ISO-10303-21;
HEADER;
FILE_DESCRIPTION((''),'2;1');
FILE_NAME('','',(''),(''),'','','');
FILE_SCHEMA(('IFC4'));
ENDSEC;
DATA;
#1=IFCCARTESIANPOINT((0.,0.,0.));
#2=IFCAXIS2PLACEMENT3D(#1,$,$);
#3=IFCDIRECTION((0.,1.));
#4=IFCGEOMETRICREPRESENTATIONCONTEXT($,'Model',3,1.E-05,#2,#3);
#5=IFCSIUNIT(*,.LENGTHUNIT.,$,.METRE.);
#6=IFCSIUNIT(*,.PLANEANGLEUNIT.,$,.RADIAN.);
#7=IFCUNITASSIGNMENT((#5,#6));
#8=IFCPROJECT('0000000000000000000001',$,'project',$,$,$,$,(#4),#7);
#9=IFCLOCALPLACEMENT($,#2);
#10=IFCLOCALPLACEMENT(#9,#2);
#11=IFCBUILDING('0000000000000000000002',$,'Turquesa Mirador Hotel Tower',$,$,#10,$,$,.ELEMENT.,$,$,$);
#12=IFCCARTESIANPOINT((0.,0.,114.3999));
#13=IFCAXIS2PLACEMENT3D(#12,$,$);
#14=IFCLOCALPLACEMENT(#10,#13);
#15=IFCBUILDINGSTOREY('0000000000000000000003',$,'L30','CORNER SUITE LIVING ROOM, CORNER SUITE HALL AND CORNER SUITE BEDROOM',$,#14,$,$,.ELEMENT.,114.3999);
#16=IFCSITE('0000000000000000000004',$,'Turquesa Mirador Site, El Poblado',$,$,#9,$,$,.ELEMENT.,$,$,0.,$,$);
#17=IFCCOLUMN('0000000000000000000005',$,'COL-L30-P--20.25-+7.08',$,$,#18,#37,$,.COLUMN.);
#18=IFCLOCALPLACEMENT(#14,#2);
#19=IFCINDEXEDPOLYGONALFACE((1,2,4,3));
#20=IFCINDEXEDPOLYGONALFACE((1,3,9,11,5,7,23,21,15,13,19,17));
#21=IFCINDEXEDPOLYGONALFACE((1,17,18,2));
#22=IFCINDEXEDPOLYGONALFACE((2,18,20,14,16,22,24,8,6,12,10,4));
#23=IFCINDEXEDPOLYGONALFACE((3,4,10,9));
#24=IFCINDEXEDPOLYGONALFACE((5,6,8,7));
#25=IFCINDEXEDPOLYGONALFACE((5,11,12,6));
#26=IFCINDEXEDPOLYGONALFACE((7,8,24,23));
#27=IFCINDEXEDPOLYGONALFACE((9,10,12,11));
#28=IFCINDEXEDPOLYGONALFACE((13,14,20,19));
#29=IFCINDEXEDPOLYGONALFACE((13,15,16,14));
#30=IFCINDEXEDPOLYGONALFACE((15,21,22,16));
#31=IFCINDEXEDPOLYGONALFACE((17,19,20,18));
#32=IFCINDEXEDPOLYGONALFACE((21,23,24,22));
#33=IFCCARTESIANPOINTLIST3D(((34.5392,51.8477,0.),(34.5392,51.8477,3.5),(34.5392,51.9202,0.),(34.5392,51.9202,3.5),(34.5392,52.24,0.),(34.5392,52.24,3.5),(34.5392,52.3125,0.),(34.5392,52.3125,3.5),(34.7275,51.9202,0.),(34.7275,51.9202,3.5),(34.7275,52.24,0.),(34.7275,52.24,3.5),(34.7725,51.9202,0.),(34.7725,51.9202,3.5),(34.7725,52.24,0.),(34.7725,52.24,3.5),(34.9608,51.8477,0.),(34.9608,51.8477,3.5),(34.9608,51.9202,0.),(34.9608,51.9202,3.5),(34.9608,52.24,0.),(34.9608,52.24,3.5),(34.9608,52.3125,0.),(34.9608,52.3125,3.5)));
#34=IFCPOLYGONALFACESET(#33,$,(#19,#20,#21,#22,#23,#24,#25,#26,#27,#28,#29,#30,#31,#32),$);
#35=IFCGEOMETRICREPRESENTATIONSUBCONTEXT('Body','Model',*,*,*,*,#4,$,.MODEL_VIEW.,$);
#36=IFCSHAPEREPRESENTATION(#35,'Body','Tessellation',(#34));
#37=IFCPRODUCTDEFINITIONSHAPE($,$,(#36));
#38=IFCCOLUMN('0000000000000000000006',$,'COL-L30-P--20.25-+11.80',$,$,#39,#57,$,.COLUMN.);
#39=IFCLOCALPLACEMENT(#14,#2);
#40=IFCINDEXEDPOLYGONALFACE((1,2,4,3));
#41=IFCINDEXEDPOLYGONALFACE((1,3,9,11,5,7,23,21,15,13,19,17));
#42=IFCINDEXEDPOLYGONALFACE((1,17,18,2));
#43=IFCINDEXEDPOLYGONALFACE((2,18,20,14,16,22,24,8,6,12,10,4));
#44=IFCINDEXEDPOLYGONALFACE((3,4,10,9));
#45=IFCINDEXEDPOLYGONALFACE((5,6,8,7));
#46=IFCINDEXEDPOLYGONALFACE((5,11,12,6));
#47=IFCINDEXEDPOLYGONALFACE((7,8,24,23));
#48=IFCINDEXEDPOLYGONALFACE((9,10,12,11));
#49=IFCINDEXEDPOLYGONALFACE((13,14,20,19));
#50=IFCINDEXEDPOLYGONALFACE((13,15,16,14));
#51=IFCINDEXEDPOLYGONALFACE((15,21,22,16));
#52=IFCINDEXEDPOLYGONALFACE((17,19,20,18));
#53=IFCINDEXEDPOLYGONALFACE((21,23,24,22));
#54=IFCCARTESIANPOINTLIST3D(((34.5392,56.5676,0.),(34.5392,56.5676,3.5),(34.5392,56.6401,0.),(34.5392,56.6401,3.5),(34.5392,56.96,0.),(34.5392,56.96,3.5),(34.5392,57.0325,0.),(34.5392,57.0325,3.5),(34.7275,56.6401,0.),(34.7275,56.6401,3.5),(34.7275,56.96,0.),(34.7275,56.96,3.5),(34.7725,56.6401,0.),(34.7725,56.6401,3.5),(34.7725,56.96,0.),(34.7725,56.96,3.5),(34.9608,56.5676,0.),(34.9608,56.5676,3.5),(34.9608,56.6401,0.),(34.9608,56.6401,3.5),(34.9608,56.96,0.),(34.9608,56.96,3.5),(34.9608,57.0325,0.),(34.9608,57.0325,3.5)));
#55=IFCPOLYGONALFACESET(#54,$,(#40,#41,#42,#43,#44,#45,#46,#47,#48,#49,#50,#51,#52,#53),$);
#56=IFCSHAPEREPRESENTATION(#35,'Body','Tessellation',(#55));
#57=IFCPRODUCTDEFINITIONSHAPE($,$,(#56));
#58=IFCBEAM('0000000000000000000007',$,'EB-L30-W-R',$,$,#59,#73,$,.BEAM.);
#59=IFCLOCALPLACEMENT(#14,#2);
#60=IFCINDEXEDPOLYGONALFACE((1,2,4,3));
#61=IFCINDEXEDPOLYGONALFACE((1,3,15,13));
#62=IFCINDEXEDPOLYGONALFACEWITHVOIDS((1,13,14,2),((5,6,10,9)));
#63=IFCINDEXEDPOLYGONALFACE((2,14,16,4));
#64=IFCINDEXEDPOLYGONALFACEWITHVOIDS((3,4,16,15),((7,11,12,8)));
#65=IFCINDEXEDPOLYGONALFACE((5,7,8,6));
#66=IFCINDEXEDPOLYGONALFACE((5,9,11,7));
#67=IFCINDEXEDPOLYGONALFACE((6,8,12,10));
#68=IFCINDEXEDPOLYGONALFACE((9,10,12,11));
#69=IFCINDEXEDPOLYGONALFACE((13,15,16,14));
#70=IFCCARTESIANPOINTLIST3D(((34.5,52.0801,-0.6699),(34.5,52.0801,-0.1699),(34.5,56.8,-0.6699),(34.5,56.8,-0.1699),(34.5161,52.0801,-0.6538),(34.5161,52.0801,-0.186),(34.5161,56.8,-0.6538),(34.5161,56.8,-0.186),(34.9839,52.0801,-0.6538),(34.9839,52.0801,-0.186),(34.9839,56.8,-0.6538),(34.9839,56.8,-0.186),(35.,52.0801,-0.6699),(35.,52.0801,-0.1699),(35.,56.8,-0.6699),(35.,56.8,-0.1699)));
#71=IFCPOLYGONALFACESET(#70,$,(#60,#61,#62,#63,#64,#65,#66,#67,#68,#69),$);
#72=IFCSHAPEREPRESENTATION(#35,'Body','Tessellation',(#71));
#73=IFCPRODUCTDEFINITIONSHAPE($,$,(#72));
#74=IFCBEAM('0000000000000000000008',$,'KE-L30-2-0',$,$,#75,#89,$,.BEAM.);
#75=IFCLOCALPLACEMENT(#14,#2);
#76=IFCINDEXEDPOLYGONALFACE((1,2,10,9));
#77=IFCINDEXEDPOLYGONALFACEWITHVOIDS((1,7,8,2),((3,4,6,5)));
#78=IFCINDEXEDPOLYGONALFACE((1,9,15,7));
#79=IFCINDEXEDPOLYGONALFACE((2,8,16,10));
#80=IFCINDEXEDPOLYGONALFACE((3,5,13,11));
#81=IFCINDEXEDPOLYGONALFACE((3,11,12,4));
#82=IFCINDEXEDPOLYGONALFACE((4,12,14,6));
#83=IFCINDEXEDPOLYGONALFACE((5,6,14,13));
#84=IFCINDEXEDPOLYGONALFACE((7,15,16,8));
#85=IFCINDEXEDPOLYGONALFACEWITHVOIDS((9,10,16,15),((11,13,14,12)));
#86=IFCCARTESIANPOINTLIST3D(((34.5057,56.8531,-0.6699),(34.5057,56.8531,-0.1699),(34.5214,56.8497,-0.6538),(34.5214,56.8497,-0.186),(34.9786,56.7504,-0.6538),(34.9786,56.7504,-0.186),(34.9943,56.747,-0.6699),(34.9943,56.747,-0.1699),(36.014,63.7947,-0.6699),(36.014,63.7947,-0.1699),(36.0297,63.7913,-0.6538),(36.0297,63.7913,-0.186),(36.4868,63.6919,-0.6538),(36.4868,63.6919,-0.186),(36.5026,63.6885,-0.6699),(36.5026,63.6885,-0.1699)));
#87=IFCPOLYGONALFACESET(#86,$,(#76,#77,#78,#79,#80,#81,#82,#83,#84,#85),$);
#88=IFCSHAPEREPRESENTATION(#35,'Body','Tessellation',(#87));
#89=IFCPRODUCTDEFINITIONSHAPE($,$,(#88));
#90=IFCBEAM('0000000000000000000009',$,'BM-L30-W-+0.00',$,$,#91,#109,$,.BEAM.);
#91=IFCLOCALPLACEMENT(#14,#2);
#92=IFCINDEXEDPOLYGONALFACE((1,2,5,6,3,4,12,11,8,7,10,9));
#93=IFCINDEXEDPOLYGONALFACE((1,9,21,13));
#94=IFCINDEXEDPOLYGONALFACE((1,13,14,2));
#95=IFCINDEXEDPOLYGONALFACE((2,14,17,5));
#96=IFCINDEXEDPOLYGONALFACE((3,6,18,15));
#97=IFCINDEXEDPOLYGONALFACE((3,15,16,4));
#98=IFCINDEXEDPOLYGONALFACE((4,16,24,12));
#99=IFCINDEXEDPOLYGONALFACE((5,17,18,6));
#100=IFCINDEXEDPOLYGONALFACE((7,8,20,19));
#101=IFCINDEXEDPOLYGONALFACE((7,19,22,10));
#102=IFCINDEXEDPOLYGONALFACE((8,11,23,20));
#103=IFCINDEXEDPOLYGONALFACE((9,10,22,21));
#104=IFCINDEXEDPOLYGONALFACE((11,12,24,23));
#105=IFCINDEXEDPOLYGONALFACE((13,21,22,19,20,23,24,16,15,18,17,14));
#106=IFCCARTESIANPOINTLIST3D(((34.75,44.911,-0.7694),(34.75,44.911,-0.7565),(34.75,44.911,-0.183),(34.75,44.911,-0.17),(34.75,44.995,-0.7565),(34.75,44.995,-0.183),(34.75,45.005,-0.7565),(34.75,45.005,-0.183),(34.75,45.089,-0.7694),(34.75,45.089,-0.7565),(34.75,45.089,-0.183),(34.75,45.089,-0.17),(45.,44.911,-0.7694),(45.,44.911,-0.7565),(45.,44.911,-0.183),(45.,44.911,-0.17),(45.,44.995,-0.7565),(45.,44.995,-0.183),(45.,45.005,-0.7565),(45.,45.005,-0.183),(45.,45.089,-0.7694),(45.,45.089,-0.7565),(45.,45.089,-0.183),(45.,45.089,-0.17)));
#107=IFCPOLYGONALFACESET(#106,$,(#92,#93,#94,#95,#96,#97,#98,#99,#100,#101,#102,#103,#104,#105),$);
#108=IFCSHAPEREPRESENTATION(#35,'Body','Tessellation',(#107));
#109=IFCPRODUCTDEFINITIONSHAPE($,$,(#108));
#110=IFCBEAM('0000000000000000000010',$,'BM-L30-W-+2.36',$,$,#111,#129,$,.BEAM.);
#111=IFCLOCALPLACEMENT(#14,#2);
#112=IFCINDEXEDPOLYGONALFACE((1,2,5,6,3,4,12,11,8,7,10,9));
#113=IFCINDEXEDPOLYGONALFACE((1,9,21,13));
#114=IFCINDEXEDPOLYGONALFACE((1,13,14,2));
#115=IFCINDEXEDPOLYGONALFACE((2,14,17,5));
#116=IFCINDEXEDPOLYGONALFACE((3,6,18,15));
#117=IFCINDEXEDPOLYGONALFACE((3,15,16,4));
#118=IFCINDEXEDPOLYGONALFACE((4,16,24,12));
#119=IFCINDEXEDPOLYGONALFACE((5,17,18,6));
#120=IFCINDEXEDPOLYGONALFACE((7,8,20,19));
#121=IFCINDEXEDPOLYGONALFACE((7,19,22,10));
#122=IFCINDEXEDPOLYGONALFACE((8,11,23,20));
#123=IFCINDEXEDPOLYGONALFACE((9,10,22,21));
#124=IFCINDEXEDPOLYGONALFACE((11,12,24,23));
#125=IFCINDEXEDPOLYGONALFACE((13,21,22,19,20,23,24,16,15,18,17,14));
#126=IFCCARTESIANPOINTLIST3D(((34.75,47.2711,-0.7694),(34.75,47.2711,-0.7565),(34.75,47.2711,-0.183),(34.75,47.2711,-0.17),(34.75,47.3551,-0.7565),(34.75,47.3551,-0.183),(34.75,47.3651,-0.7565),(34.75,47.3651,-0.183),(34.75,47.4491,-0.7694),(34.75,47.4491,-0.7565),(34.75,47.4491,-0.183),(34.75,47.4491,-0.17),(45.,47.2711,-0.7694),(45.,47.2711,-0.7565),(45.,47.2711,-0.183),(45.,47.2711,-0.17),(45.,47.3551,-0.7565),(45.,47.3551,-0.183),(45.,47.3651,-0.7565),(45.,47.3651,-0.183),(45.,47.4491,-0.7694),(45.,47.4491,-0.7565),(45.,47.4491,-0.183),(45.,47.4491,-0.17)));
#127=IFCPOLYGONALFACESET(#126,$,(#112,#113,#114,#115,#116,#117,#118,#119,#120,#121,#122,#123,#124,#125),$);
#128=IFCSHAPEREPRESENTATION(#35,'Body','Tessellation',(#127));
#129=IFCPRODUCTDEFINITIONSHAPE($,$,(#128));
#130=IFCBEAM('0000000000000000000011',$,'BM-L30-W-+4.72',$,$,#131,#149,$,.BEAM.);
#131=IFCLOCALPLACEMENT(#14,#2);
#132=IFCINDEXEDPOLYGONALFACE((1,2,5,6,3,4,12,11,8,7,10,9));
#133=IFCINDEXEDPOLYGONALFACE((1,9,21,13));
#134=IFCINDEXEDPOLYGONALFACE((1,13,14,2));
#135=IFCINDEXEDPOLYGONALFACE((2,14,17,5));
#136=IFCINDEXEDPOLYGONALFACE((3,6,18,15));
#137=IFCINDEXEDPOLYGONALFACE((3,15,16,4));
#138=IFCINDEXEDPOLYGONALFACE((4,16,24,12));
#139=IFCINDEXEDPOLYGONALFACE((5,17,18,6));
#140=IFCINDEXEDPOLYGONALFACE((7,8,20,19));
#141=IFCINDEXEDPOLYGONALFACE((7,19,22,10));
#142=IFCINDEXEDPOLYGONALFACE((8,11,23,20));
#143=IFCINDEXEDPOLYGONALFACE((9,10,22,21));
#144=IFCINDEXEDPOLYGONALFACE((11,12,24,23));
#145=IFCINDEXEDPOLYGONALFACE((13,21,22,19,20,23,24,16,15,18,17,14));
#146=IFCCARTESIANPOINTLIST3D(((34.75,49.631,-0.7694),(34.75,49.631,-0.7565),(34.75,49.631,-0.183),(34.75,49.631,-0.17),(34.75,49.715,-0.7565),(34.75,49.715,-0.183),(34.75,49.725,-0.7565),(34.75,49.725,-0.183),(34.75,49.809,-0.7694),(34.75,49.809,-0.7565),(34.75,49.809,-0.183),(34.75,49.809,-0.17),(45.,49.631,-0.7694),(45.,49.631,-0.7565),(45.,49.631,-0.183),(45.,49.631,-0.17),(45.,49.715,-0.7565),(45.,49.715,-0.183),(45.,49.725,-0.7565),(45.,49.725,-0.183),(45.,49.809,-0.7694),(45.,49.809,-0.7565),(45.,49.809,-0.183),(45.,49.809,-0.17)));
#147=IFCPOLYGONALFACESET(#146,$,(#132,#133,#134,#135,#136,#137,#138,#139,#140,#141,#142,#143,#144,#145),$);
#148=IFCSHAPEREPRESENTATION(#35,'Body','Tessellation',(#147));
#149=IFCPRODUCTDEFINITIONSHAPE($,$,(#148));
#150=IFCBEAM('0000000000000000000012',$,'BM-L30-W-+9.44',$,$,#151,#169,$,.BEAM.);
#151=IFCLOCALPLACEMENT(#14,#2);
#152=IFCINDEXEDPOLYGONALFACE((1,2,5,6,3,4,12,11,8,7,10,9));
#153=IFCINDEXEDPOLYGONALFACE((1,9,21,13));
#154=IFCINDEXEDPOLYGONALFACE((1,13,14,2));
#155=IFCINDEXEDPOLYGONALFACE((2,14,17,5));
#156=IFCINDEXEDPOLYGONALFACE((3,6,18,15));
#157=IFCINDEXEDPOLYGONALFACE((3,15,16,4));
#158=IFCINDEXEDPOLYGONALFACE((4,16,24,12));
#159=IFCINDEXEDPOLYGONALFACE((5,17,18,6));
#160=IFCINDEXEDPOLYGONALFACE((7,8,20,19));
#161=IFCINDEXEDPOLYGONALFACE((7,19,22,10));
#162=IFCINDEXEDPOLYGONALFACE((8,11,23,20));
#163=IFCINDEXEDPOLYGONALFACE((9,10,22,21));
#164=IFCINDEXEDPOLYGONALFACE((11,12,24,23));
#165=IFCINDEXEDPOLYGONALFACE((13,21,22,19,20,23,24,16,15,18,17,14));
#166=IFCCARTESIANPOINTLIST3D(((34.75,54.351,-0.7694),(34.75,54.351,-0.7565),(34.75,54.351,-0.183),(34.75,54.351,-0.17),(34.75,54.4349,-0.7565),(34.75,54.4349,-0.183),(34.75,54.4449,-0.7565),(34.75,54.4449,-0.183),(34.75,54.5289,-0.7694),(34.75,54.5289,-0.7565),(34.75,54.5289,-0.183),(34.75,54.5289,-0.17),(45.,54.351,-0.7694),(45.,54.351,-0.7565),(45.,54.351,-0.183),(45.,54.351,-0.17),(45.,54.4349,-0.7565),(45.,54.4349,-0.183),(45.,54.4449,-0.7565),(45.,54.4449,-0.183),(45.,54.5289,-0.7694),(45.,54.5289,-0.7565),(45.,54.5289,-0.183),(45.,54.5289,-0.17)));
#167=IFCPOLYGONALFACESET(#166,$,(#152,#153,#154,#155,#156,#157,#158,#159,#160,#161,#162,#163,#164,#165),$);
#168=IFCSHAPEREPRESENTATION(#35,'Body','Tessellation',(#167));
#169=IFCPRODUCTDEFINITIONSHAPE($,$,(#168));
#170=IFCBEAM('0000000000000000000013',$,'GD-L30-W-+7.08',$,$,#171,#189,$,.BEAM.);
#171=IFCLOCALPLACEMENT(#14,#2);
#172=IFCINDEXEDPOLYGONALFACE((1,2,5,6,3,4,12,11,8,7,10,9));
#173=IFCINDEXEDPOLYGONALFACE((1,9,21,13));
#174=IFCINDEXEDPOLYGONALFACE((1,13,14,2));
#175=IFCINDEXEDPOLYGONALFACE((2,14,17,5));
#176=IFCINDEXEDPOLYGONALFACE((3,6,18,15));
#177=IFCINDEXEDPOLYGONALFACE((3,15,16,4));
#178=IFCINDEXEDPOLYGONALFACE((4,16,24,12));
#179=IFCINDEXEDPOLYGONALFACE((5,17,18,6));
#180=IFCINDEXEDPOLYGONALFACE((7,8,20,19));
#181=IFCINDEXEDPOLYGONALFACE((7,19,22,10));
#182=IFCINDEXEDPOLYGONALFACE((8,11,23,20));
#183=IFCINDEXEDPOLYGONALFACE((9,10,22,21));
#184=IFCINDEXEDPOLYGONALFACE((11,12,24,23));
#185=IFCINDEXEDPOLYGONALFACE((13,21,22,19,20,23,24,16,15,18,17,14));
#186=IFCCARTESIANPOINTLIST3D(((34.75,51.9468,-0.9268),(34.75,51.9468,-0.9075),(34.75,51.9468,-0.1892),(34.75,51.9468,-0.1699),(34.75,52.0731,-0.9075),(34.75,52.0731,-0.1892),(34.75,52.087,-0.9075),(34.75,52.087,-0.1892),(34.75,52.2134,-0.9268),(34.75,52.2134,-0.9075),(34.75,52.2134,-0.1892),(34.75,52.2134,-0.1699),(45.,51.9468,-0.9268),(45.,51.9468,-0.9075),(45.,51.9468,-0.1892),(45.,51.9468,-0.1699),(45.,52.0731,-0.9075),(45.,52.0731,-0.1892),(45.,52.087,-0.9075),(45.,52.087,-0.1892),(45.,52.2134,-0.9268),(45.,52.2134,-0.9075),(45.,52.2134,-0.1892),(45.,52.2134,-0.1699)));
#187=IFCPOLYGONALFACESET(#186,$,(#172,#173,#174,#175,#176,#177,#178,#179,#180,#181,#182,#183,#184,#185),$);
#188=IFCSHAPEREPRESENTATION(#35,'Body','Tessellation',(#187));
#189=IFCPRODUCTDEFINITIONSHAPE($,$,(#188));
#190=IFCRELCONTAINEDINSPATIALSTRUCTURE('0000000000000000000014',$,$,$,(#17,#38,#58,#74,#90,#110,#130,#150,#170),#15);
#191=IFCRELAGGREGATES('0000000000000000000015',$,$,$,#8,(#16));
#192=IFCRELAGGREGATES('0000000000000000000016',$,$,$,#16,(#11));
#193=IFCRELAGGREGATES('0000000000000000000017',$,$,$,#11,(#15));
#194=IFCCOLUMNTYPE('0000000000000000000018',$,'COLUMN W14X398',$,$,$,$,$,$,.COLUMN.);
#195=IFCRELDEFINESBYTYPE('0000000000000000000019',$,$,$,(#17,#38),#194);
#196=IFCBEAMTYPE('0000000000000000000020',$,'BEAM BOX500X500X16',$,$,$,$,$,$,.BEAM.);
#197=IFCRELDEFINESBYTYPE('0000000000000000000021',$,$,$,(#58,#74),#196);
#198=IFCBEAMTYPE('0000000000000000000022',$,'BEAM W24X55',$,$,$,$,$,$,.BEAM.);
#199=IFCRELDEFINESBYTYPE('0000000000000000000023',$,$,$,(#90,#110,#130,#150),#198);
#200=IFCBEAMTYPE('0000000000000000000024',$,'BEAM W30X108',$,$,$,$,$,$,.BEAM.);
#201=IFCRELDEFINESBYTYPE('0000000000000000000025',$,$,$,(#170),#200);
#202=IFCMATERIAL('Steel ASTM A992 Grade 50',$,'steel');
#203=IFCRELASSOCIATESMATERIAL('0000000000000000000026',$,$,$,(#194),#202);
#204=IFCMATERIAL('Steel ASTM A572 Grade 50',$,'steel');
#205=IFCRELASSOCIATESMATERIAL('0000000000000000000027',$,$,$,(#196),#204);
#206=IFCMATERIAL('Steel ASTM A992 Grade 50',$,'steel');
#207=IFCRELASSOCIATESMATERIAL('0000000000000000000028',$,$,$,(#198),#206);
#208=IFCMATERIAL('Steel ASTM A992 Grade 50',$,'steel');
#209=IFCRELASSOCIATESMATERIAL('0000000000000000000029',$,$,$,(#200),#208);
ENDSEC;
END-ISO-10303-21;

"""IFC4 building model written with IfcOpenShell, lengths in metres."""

from ifc_helpers import new_model, si_unit, direction, frame, origin, origin_2d, place, context, subcontext, project, spatial, hollow_rectangle, i_section, extrude, material, material_profile, profile_set, type_object, element, save


model = new_model("IFC4")

# Units and contexts
model_context = context("Model", 3, precision=1e-05, world=origin(), true_north=direction((0.0, 1.0)))
body_context = subcontext(model_context, "Body", "Model", "MODEL_VIEW")
ifc_project = project(units=[si_unit("LENGTHUNIT", "METRE"), si_unit("PLANEANGLEUNIT", "RADIAN")], contexts=[model_context])

# Site, building, storey
site_placement = place(None, origin())
site = spatial("IfcSite", under=ifc_project, at=site_placement, Name="Turquesa Mirador Site, El Poblado", CompositionType="ELEMENT", RefElevation=0.0)
building_placement = place(site_placement, origin())
building = spatial("IfcBuilding", under=site, at=building_placement, Name="Turquesa Mirador Hotel Tower", CompositionType="ELEMENT")
storey_placement = place(building_placement, frame((0.0, 0.0, 114.3999)))
storey = spatial("IfcBuildingStorey", under=building, at=storey_placement, Name="L30", Description="CORNER SUITE LIVING ROOM, CORNER SUITE HALL AND CORNER SUITE BEDROOM", CompositionType="ELEMENT", Elevation=114.3999)

# Columns
ifc_material_1 = material(Name="Steel ASTM A992 Grade 50", Category="steel")
ifc_material_profile_1 = material_profile(ifc_material_1, i_section(OverallWidth=0.4216, OverallDepth=0.4648, WebThickness=0.0449, FlangeThickness=0.0725, at=origin_2d()), Name="W14X398")
ifc_profile_set_1 = profile_set([ifc_material_profile_1], Name="Steel ASTM A992 Grade 50")
column_type = type_object("IfcColumnType", Name="COLUMN W14X398", PredefinedType="COLUMN", material=ifc_profile_set_1)
for number, where, z_axis, x_axis, name in (
    (1, (34.75, 52.0801, 0.0), (0.0, 0.0, 1.0), (1.0, 0.0, 0.0), "COL-L30-P--20.25-+7.08"),
    (2, (34.75, 56.8, 0.0), (0.0, 0.0, 1.0), (1.0, 0.0, 0.0), "COL-L30-P--20.25-+11.80"),
):
    element("IfcColumn", number, at=place(storey_placement, frame(where, z_axis=z_axis, x_axis=x_axis)), inside=storey, type_object=column_type, Name=name, PredefinedType="COLUMN", context=body_context, shape_type="SweptSolid", body=[
        extrude(i_section(OverallWidth=0.4216, OverallDepth=0.4648, WebThickness=0.0449, FlangeThickness=0.0725, at=origin_2d()), origin(), (0.0, 0.0, 1.0), 3.5),
    ])

# Beams
ifc_material_2 = material(Name="Steel ASTM A572 Grade 50", Category="steel")
ifc_material_profile_2 = material_profile(ifc_material_2, hollow_rectangle(XDim=0.5, YDim=0.5, WallThickness=0.0161, at=origin_2d()), Name="BOX500X500X16")
ifc_profile_set_2 = profile_set([ifc_material_profile_2], Name="Steel ASTM A572 Grade 50")
beam_type_1 = type_object("IfcBeamType", Name="BEAM BOX500X500X16", PredefinedType="BEAM", material=ifc_profile_set_2)
beam_1_placement = place(storey_placement, frame((34.75, 52.0801, -0.4199), z_axis=(0.0, 1.0, 0.0), x_axis=(-1.0, 0.0, 0.0)))
element("IfcBeam", 3, at=beam_1_placement, inside=storey, type_object=beam_type_1, Name="EB-L30-W-R", PredefinedType="BEAM", context=body_context, shape_type="SweptSolid", body=[
    extrude(hollow_rectangle(XDim=0.5, YDim=0.5, WallThickness=0.0161, at=origin_2d()), origin(), (0.0, 0.0, 1.0), 4.72),
])
beam_2_placement = place(storey_placement, frame((34.75, 56.8, -0.4199), z_axis=(0.212328, 0.977198, 0.0), x_axis=(-0.977198, 0.212328, 0.0)))
element("IfcBeam", 4, at=beam_2_placement, inside=storey, type_object=beam_type_1, Name="KE-L30-2-0", PredefinedType="BEAM", context=body_context, shape_type="SweptSolid", body=[
    extrude(hollow_rectangle(XDim=0.5, YDim=0.5, WallThickness=0.0161, at=origin_2d()), origin(), (0.0, 0.0, 1.0), 7.1035),
])
ifc_material_3 = material(Name="Steel ASTM A992 Grade 50", Category="steel")
ifc_material_profile_3 = material_profile(ifc_material_3, i_section(OverallWidth=0.178, OverallDepth=0.5994, WebThickness=0.01, FlangeThickness=0.0129, at=origin_2d()), Name="W24X55")
ifc_profile_set_3 = profile_set([ifc_material_profile_3], Name="Steel ASTM A992 Grade 50")
beam_type_2 = type_object("IfcBeamType", Name="BEAM W24X55", PredefinedType="BEAM", material=ifc_profile_set_3)
for number, where, z_axis, x_axis, name in (
    (5, (34.75, 45.0, -0.4697), (1.0, 0.0, 0.0), (0.0, 1.0, 0.0), "BM-L30-W-+0.00"),
    (6, (34.75, 47.3601, -0.4697), (1.0, 0.0, 0.0), (0.0, 1.0, 0.0), "BM-L30-W-+2.36"),
    (7, (34.75, 49.72, -0.4697), (1.0, 0.0, 0.0), (0.0, 1.0, 0.0), "BM-L30-W-+4.72"),
    (8, (34.75, 54.4399, -0.4697), (1.0, 0.0, 0.0), (0.0, 1.0, 0.0), "BM-L30-W-+9.44"),
):
    element("IfcBeam", number, at=place(storey_placement, frame(where, z_axis=z_axis, x_axis=x_axis)), inside=storey, type_object=beam_type_2, Name=name, PredefinedType="BEAM", context=body_context, shape_type="SweptSolid", body=[
        extrude(i_section(OverallWidth=0.178, OverallDepth=0.5994, WebThickness=0.01, FlangeThickness=0.0129, at=origin_2d()), origin(), (0.0, 0.0, 1.0), 10.25),
    ])
ifc_material_4 = material(Name="Steel ASTM A992 Grade 50", Category="steel")
ifc_material_profile_4 = material_profile(ifc_material_4, i_section(OverallWidth=0.2666, OverallDepth=0.7568, WebThickness=0.0139, FlangeThickness=0.0193, at=origin_2d()), Name="W30X108")
ifc_profile_set_4 = profile_set([ifc_material_profile_4], Name="Steel ASTM A992 Grade 50")
beam_type_3 = type_object("IfcBeamType", Name="BEAM W30X108", PredefinedType="BEAM", material=ifc_profile_set_4)
beam_3_placement = place(storey_placement, frame((34.75, 52.0801, -0.5483), z_axis=(1.0, 0.0, 0.0), x_axis=(0.0, 1.0, 0.0)))
element("IfcBeam", 9, at=beam_3_placement, inside=storey, type_object=beam_type_3, Name="GD-L30-W-+7.08", PredefinedType="BEAM", context=body_context, shape_type="SweptSolid", body=[
    extrude(i_section(OverallWidth=0.2666, OverallDepth=0.7568, WebThickness=0.0139, FlangeThickness=0.0193, at=origin_2d()), origin(), (0.0, 0.0, 1.0), 10.25),
])

save(model, "model.ifc")
